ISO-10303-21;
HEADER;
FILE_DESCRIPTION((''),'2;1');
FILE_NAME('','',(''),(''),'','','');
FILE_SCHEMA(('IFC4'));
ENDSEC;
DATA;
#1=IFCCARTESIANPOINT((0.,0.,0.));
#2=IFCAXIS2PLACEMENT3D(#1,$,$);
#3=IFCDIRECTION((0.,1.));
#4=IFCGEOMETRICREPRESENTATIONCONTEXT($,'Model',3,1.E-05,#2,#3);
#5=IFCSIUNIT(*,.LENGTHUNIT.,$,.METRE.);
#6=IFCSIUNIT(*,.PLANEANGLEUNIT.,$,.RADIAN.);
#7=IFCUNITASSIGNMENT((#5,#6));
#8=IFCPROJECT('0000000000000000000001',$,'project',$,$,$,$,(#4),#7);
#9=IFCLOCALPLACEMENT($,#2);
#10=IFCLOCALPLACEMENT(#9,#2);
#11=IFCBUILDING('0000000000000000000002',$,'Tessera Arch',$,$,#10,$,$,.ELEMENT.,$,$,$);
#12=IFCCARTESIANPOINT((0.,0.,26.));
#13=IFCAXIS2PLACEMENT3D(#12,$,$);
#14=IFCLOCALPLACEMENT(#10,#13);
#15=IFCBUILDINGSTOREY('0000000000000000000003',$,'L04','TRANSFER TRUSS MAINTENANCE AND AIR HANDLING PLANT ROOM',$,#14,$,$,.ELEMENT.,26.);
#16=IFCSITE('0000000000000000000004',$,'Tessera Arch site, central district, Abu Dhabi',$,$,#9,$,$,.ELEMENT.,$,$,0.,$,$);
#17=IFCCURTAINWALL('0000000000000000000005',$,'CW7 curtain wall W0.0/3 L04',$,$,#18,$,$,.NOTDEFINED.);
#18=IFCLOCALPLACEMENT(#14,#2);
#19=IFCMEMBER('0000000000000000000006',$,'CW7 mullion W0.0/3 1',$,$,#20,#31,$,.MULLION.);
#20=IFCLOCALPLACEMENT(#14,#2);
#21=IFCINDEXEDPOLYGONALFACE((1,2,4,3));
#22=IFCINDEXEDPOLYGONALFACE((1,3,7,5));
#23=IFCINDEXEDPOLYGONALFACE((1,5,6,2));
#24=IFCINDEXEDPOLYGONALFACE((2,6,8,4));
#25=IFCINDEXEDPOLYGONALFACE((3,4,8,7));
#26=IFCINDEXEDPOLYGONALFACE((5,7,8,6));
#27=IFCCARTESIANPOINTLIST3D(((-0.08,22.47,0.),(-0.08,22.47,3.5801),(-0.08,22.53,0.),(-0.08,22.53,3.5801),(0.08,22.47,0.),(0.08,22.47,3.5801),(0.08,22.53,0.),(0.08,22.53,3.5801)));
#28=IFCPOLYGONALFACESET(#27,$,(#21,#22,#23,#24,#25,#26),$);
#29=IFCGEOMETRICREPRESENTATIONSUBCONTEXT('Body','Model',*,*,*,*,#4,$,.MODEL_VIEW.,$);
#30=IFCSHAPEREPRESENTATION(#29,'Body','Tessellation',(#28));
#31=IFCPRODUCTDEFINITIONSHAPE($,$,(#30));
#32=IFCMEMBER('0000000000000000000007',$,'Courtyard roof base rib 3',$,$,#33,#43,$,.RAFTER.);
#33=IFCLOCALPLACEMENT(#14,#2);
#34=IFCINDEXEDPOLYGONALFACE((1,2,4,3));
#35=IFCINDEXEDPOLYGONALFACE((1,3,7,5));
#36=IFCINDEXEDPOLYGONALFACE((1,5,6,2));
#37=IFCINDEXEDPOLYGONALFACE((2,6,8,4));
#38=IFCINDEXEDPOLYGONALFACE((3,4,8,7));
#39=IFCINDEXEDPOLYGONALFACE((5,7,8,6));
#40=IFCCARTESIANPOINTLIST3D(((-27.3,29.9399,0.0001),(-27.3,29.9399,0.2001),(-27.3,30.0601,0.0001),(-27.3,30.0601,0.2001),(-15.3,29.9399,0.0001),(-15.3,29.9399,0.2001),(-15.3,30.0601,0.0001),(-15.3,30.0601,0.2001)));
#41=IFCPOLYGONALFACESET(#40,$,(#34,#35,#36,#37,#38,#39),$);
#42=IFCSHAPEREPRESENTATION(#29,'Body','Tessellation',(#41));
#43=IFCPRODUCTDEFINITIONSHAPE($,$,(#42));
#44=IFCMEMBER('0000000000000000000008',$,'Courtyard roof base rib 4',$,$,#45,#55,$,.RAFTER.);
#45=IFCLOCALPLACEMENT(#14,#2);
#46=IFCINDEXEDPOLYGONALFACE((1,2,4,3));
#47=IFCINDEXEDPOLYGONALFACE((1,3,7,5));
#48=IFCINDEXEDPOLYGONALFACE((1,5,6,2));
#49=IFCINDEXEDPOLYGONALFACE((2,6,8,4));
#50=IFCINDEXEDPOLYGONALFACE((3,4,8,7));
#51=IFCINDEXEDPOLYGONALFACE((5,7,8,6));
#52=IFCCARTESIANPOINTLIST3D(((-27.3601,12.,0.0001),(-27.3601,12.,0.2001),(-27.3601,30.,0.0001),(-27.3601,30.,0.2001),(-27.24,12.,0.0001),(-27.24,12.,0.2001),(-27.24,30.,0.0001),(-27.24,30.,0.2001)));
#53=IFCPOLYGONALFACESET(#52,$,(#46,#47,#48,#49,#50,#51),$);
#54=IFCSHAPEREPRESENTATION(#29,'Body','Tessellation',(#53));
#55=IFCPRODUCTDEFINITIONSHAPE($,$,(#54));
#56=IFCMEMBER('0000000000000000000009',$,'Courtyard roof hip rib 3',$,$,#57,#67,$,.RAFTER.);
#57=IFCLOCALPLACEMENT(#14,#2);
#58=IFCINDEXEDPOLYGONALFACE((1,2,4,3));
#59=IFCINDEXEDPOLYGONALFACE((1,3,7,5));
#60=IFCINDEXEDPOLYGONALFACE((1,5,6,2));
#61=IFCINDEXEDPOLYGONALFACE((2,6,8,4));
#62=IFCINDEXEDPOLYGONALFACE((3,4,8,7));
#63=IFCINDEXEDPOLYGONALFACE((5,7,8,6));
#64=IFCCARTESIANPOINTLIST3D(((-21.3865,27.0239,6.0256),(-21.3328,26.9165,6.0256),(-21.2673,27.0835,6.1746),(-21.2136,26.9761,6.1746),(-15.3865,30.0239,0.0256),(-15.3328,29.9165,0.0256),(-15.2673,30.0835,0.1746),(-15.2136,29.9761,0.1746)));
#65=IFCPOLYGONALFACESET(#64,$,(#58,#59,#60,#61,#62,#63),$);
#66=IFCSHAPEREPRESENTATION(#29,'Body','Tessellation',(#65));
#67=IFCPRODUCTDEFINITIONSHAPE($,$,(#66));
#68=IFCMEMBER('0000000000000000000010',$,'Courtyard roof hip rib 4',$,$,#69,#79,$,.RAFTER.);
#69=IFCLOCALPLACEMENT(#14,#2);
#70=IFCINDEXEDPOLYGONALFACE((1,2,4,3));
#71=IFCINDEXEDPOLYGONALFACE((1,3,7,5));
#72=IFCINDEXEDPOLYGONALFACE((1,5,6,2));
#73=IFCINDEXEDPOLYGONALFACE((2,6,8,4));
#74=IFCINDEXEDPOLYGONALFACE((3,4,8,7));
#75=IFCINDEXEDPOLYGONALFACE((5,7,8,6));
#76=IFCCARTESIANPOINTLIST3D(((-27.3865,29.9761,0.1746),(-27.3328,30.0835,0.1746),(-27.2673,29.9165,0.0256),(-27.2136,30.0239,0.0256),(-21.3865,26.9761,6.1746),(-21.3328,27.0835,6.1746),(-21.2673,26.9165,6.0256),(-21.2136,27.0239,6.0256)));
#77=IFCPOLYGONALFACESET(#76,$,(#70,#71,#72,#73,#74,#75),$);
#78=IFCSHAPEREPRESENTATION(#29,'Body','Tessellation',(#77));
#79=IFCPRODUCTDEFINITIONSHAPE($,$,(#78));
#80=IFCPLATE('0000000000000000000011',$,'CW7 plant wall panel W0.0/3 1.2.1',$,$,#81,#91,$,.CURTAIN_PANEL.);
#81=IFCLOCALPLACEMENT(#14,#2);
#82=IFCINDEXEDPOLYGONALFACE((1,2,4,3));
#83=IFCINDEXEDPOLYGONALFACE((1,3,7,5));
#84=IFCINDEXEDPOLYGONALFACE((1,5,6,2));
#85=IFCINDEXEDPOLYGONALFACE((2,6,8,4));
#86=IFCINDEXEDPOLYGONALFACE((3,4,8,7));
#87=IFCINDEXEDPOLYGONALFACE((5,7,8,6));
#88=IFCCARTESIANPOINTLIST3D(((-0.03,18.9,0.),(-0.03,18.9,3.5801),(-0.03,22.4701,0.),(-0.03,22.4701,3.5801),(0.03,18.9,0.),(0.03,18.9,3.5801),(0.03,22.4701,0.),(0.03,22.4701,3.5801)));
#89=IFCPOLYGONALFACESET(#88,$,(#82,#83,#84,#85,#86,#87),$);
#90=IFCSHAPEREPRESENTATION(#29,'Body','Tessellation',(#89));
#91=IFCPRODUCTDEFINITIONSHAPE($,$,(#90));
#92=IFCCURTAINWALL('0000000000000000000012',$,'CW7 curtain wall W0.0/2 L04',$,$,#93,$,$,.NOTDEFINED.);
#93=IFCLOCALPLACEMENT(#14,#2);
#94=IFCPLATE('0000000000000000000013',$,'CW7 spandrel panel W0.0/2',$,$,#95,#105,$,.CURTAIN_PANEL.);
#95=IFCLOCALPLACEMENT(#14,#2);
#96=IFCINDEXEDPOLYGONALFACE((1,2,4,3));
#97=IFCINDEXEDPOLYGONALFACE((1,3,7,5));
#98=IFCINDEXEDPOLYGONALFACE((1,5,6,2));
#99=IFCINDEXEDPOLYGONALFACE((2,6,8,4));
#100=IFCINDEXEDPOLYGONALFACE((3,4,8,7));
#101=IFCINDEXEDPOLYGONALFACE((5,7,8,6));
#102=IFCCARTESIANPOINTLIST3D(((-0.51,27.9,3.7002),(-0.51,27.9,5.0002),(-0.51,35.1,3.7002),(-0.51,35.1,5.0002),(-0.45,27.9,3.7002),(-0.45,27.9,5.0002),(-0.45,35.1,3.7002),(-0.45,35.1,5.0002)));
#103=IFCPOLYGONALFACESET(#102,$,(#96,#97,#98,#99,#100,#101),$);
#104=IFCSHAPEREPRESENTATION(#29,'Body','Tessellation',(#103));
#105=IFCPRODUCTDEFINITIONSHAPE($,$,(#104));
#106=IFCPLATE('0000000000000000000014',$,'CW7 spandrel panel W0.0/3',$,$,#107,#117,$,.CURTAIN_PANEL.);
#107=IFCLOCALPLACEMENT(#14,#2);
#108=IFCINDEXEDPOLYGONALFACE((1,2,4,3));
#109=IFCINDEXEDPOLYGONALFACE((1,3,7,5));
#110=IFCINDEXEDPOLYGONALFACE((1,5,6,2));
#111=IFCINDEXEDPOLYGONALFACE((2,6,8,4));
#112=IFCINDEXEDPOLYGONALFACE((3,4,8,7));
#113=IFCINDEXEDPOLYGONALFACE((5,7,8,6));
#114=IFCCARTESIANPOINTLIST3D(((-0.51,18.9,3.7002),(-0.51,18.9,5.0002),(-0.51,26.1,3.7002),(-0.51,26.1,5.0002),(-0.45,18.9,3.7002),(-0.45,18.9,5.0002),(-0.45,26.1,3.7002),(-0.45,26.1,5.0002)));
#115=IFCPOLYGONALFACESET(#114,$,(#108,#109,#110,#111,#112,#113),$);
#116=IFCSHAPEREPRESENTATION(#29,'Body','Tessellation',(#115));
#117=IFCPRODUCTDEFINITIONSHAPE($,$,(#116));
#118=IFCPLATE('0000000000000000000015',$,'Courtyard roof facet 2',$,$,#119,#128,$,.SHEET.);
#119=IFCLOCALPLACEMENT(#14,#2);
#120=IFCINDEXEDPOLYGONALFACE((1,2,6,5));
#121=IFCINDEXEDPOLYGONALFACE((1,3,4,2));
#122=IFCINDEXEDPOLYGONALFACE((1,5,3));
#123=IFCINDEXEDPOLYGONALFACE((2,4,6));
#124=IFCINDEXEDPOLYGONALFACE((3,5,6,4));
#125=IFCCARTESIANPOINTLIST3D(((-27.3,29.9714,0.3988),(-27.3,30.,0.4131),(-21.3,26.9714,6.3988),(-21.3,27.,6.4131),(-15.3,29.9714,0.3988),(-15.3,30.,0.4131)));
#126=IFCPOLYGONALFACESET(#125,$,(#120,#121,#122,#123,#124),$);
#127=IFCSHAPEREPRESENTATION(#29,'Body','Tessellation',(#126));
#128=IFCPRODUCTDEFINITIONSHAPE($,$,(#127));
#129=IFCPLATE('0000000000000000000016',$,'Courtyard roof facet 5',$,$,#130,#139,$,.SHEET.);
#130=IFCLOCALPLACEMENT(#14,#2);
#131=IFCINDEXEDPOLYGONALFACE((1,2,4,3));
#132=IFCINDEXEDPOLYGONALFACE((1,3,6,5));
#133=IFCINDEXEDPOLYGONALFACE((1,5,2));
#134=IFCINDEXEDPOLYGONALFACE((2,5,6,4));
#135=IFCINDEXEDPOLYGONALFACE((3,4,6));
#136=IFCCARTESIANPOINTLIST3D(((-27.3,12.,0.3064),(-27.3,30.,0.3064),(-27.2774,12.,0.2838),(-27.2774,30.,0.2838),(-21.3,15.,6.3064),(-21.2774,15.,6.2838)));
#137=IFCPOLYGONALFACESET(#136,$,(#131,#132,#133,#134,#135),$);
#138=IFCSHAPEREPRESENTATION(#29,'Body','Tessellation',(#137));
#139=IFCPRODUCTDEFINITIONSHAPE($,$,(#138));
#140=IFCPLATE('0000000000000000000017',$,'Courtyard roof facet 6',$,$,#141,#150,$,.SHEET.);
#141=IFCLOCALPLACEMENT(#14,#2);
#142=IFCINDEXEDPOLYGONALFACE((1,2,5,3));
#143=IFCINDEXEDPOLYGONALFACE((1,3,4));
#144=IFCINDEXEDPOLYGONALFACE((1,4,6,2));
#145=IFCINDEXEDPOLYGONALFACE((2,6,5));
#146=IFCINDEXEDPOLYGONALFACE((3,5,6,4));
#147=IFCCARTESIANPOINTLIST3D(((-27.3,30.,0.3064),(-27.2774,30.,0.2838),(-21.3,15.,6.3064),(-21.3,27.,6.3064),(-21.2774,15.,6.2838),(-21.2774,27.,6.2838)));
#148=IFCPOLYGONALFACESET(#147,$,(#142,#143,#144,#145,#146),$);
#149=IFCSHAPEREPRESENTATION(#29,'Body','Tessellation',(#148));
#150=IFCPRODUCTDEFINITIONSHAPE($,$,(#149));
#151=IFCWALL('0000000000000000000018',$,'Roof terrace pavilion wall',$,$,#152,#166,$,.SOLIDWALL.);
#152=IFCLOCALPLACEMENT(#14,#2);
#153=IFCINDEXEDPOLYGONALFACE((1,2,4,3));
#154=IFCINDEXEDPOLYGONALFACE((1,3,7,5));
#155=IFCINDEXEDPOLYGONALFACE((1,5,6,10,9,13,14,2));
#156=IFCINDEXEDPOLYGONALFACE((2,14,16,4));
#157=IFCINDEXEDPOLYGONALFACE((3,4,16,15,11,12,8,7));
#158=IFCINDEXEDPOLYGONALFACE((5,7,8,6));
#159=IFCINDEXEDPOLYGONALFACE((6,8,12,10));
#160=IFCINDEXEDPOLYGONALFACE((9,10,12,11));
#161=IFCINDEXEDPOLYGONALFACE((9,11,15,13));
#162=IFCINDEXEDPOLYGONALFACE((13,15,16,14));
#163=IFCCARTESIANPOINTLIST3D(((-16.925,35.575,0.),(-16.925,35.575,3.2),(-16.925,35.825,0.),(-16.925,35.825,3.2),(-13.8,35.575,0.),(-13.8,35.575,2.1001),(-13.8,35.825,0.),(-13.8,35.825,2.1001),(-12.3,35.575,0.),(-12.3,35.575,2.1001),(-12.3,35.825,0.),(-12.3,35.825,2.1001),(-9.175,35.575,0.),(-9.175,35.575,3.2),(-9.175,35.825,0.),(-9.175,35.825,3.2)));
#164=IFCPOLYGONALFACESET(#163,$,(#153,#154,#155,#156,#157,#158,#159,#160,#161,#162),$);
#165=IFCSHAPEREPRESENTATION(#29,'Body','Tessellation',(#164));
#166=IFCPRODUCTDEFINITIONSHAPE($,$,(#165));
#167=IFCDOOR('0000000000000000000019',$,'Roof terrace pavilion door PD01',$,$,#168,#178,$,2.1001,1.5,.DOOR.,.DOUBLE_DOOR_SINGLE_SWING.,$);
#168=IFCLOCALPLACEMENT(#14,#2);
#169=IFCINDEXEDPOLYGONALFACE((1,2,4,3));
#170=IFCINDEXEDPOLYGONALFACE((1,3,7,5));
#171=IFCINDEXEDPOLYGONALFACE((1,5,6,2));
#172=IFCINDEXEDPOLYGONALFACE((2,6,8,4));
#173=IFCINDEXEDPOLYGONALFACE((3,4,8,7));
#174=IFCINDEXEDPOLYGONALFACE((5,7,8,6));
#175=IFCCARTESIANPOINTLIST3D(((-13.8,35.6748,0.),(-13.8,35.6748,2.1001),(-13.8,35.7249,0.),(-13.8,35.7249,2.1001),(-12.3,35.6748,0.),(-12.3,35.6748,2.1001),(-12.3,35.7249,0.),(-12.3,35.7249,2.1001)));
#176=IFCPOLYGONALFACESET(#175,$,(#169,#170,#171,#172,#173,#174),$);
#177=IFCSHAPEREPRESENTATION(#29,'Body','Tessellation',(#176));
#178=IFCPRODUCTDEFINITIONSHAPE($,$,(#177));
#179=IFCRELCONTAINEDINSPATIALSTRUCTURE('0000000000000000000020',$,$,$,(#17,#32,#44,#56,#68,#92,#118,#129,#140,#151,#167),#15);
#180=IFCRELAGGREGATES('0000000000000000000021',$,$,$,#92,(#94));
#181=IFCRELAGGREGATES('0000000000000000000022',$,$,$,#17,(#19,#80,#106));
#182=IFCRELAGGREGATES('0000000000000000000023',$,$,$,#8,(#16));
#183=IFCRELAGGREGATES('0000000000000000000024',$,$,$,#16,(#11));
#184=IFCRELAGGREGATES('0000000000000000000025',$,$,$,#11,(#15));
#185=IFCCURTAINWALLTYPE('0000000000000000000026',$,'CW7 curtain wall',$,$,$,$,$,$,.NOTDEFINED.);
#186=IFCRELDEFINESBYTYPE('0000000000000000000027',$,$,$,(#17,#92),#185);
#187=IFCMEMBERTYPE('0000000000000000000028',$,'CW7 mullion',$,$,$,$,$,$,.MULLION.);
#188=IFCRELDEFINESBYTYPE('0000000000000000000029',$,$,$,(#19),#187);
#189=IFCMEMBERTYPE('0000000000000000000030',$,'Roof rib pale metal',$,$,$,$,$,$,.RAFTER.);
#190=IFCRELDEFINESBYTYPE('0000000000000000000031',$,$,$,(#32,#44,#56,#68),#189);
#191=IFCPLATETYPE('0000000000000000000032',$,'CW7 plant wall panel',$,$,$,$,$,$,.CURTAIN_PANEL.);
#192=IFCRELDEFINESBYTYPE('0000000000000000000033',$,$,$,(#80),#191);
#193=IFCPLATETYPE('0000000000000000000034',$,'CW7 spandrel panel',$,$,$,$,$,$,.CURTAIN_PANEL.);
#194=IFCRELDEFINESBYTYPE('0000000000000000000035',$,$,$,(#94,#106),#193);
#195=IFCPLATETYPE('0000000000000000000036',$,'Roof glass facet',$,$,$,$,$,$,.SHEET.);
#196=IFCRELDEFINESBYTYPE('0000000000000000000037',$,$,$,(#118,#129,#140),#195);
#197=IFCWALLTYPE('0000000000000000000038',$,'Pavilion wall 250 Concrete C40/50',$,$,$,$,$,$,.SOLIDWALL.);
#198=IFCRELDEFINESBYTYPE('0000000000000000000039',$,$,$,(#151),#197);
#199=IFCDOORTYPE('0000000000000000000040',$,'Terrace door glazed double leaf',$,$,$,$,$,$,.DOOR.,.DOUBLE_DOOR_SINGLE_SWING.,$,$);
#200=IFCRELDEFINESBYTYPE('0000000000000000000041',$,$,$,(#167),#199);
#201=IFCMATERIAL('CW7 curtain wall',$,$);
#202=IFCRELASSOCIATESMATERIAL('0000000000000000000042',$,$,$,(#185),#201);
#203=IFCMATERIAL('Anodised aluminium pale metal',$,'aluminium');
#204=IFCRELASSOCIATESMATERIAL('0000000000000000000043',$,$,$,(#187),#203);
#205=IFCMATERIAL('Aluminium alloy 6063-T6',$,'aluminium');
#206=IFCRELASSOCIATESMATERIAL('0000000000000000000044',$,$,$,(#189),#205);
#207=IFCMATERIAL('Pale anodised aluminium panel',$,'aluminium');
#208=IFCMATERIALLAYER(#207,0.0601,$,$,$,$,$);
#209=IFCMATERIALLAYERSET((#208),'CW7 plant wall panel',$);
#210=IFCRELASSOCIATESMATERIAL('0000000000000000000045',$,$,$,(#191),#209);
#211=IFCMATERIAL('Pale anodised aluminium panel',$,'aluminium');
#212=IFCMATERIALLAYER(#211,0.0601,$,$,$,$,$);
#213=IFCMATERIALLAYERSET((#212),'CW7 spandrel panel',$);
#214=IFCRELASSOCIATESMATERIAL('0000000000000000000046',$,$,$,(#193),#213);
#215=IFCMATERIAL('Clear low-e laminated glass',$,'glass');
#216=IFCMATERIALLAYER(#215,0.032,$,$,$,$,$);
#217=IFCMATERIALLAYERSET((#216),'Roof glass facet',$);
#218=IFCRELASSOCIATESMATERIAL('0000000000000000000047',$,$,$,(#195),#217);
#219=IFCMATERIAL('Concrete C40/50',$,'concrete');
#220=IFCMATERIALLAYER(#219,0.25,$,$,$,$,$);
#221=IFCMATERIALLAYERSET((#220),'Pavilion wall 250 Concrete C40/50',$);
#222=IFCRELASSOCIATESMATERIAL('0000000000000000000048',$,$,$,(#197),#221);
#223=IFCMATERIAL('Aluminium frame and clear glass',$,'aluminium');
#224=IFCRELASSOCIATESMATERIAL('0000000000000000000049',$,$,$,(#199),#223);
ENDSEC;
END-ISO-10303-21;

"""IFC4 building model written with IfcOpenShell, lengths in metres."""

from ifc_helpers import new_model, si_unit, direction, frame, frame_2d, origin, origin_2d, place, context, subcontext, project, spatial, polyline, rectangle, outline, extrude, material, layer, layer_set, material_profile, profile_set, type_object, element, fill, aggregate, save


model = new_model("IFC4")

# Units and contexts
model_context = context("Model", 3, precision=1e-05, world=origin(), true_north=direction((0.0, 1.0)))
body_context = subcontext(model_context, "Body", "Model", "MODEL_VIEW")
ifc_project = project(units=[si_unit("LENGTHUNIT", "METRE"), si_unit("PLANEANGLEUNIT", "RADIAN")], contexts=[model_context])

# Site, building, storey
site_placement = place(None, origin())
site = spatial("IfcSite", under=ifc_project, at=site_placement, Name="Tessera Arch site, central district, Abu Dhabi", CompositionType="ELEMENT", RefElevation=0.0)
building_placement = place(site_placement, origin())
building = spatial("IfcBuilding", under=site, at=building_placement, Name="Tessera Arch", CompositionType="ELEMENT")
storey_placement = place(building_placement, frame((0.0, 0.0, 26.0)))
storey = spatial("IfcBuildingStorey", under=building, at=storey_placement, Name="L04", Description="TRANSFER TRUSS MAINTENANCE AND AIR HANDLING PLANT ROOM", CompositionType="ELEMENT", Elevation=26.0)

# Curtain wall, member
ifc_material_1 = material(Name="CW7 curtain wall")
curtain_wall_type = type_object("IfcCurtainWallType", Name="CW7 curtain wall", PredefinedType="NOTDEFINED", material=ifc_material_1)
curtain_wall_1_placement = place(storey_placement, origin())
curtain_wall_1 = element("IfcCurtainWall", 1, at=curtain_wall_1_placement, inside=storey, type_object=curtain_wall_type, Name="CW7 curtain wall W0.0/3 L04", PredefinedType="NOTDEFINED")
ifc_material_2 = material(Name="Anodised aluminium pale metal", Category="aluminium")
ifc_material_profile_1 = material_profile(ifc_material_2, rectangle(XDim=0.1599, YDim=0.0601, at=origin_2d()), Name="AL 60x160")
ifc_profile_set_1 = profile_set([ifc_material_profile_1], Name="Anodised aluminium pale metal")
member_type_1 = type_object("IfcMemberType", Name="CW7 mullion", PredefinedType="MULLION", material=ifc_profile_set_1)
member_1_placement = place(storey_placement, frame((0.0, 22.5, 0.0), z_axis=(0.0, 0.0, 1.0), x_axis=(1.0, 0.0, 0.0)))
member_1 = element("IfcMember", 2, at=member_1_placement, type_object=member_type_1, Name="CW7 mullion W0.0/3 1", PredefinedType="MULLION", context=body_context, shape_type="SweptSolid", body=[
    extrude(rectangle(XDim=0.1599, YDim=0.0601, at=origin_2d()), origin(), (0.0, 0.0, 1.0), 3.5801),
])

# Members
ifc_material_3 = material(Name="Aluminium alloy 6063-T6", Category="aluminium")
ifc_material_profile_2 = material_profile(ifc_material_3, rectangle(XDim=0.1201, YDim=0.2, at=origin_2d()), Name="AL 120x200")
ifc_profile_set_2 = profile_set([ifc_material_profile_2], Name="Aluminium alloy 6063-T6")
member_type_2 = type_object("IfcMemberType", Name="Roof rib pale metal", PredefinedType="RAFTER", material=ifc_profile_set_2)
member_2_placement = place(storey_placement, frame((-15.3, 30.0, 0.1001), z_axis=(-1.0, 0.0, 0.0), x_axis=(0.0, -1.0, 0.0)))
element("IfcMember", 3, at=member_2_placement, inside=storey, type_object=member_type_2, Name="Courtyard roof base rib 3", PredefinedType="RAFTER", context=body_context, shape_type="SweptSolid", body=[
    extrude(rectangle(XDim=0.1201, YDim=0.2, at=origin_2d()), origin(), (0.0, 0.0, 1.0), 12.0),
])
member_3_placement = place(storey_placement, frame((-27.3, 30.0, 0.1001), z_axis=(0.0, -1.0, 0.0), x_axis=(1.0, 0.0, 0.0)))
element("IfcMember", 4, at=member_3_placement, inside=storey, type_object=member_type_2, Name="Courtyard roof base rib 4", PredefinedType="RAFTER", context=body_context, shape_type="SweptSolid", body=[
    extrude(rectangle(XDim=0.1201, YDim=0.2, at=origin_2d()), origin(), (0.0, 0.0, 1.0), 18.0),
])
for number, where, z_axis, x_axis, name in (
    (5, (-15.3, 30.0, 0.1001), (-0.666667, -0.333333, 0.666667), (0.447214, -0.894427, 0.0), "Courtyard roof hip rib 3"),
    (6, (-27.3, 30.0, 0.1001), (0.666667, -0.333333, 0.666667), (0.447214, 0.894427, 0.0), "Courtyard roof hip rib 4"),
):
    element("IfcMember", number, at=place(storey_placement, frame(where, z_axis=z_axis, x_axis=x_axis)), inside=storey, type_object=member_type_2, Name=name, PredefinedType="RAFTER", context=body_context, shape_type="SweptSolid", body=[
        extrude(rectangle(XDim=0.1201, YDim=0.2, at=origin_2d()), origin(), (0.0, 0.0, 1.0), 9.0),
    ])

# Plate
ifc_material_4 = material(Name="Pale anodised aluminium panel", Category="aluminium")
ifc_layer_1 = layer(ifc_material_4, 0.0601)
ifc_layer_set_1 = layer_set([ifc_layer_1], Name="CW7 plant wall panel")
plate_type_1 = type_object("IfcPlateType", Name="CW7 plant wall panel", PredefinedType="CURTAIN_PANEL", material=ifc_layer_set_1)
plate_1_placement = place(storey_placement, frame((0.0, 20.6851, 0.0), z_axis=(0.0, 0.0, 1.0), x_axis=(0.0, -1.0, 0.0)))
plate_1 = element("IfcPlate", 7, at=plate_1_placement, type_object=plate_type_1, Name="CW7 plant wall panel W0.0/3 1.2.1", PredefinedType="CURTAIN_PANEL", context=body_context, shape_type="SweptSolid", body=[
    extrude(rectangle(XDim=3.5701, YDim=0.0601, at=origin_2d()), origin(), (0.0, 0.0, 1.0), 3.5801),
])

# Curtain wall, plate
curtain_wall_2_placement = place(storey_placement, origin())
curtain_wall_2 = element("IfcCurtainWall", 8, at=curtain_wall_2_placement, inside=storey, type_object=curtain_wall_type, Name="CW7 curtain wall W0.0/2 L04", PredefinedType="NOTDEFINED")
ifc_material_5 = material(Name="Pale anodised aluminium panel", Category="aluminium")
ifc_layer_2 = layer(ifc_material_5, 0.0601)
ifc_layer_set_2 = layer_set([ifc_layer_2], Name="CW7 spandrel panel")
plate_type_2 = type_object("IfcPlateType", Name="CW7 spandrel panel", PredefinedType="CURTAIN_PANEL", material=ifc_layer_set_2)
plate_2_placement = place(storey_placement, frame((-0.48, 31.5, 3.7002), z_axis=(0.0, 0.0, 1.0), x_axis=(0.0, -1.0, 0.0)))
plate_2 = element("IfcPlate", 9, at=plate_2_placement, type_object=plate_type_2, Name="CW7 spandrel panel W0.0/2", PredefinedType="CURTAIN_PANEL", context=body_context, shape_type="SweptSolid", body=[
    extrude(rectangle(XDim=7.2, YDim=0.0601, at=origin_2d()), origin(), (0.0, 0.0, 1.0), 1.3),
])
aggregate(curtain_wall_2, [plate_2])

# Plate
plate_3_placement = place(storey_placement, frame((-0.48, 22.5, 3.7002), z_axis=(0.0, 0.0, 1.0), x_axis=(0.0, -1.0, 0.0)))
plate_3 = element("IfcPlate", 10, at=plate_3_placement, type_object=plate_type_2, Name="CW7 spandrel panel W0.0/3", PredefinedType="CURTAIN_PANEL", context=body_context, shape_type="SweptSolid", body=[
    extrude(rectangle(XDim=7.2, YDim=0.0601, at=origin_2d()), origin(), (0.0, 0.0, 1.0), 1.3),
])
aggregate(curtain_wall_1, [member_1, plate_1, plate_3])

# Plates
ifc_material_6 = material(Name="Clear low-e laminated glass", Category="glass")
ifc_layer_3 = layer(ifc_material_6, 0.032)
ifc_layer_set_3 = layer_set([ifc_layer_3], Name="Roof glass facet")
plate_type_3 = type_object("IfcPlateType", Name="Roof glass facet", PredefinedType="SHEET", material=ifc_layer_set_3)
plate_4_placement = place(storey_placement, frame((-15.3, 30.0, 0.4131), z_axis=(0.0, 0.894427, 0.447214), x_axis=(-1.0, 0.0, 0.0)))
element("IfcPlate", 11, at=plate_4_placement, inside=storey, type_object=plate_type_3, Name="Courtyard roof facet 2", PredefinedType="SHEET", context=body_context, shape_type="SweptSolid", body=[
    extrude(outline(polyline([(0.0, 0.0), (12.0, 0.0), (6.0, 6.7082), (0.0, 0.0)])), origin(), (0.0, 0.0, -1.0), 0.032),
])
plate_5_placement = place(storey_placement, frame((-27.3, 30.0, 0.3064), z_axis=(-0.707107, 0.0, 0.707107), x_axis=(0.0, -1.0, 0.0)))
element("IfcPlate", 12, at=plate_5_placement, inside=storey, type_object=plate_type_3, Name="Courtyard roof facet 5", PredefinedType="SHEET", context=body_context, shape_type="SweptSolid", body=[
    extrude(outline(polyline([(0.0, 0.0), (18.0, 0.0), (15.0, 8.4853), (0.0, 0.0)])), origin(), (0.0, 0.0, -1.0), 0.032),
])
plate_6_placement = place(storey_placement, frame((-27.3, 30.0, 0.3064), z_axis=(-0.707107, 0.0, 0.707107), x_axis=(0.348155, -0.870388, 0.348155)))
element("IfcPlate", 13, at=plate_6_placement, inside=storey, type_object=plate_type_3, Name="Courtyard roof facet 6", PredefinedType="SHEET", context=body_context, shape_type="SweptSolid", body=[
    extrude(outline(polyline([(0.0, 0.0), (17.2337, 0.0), (6.789, 5.9084), (0.0, 0.0)])), origin(), (0.0, 0.0, -1.0), 0.032),
])

# Wall, opening, door
ifc_material_7 = material(Name="Concrete C40/50", Category="concrete")
ifc_layer_4 = layer(ifc_material_7, 0.25)
ifc_layer_set_4 = layer_set([ifc_layer_4], Name="Pavilion wall 250 Concrete C40/50")
wall_type = type_object("IfcWallType", Name="Pavilion wall 250 Concrete C40/50", PredefinedType="SOLIDWALL", material=ifc_layer_set_4)
wall_1_placement = place(storey_placement, frame((-16.925, 35.7, 0.0), z_axis=(0.0, 0.0, 1.0), x_axis=(1.0, 0.0, 0.0)))
wall_1 = element("IfcWall", 14, at=wall_1_placement, inside=storey, type_object=wall_type, Name="Roof terrace pavilion wall", PredefinedType="SOLIDWALL", context=body_context, shape_type="SweptSolid", body=[
    extrude(rectangle(XDim=7.75, YDim=0.25, at=frame_2d((3.875, 0.0))), origin(), (0.0, 0.0, 1.0), 3.2),
])
opening_1_placement = place(wall_1_placement, frame((3.125, 0.0, 0.0)))
opening_1 = element("IfcOpeningElement", 15, at=opening_1_placement, cuts=wall_1, PredefinedType="OPENING", context=body_context, shape_type="SweptSolid", body=[
    extrude(rectangle(XDim=1.5, YDim=2.1001, at=frame_2d((0.75, 1.05))), frame((0.0, 0.135, 0.0), z_axis=(0.0, -1.0, 0.0), x_axis=(1.0, 0.0, 0.0)), (0.0, 0.0, 1.0), 0.27),
])
ifc_material_8 = material(Name="Aluminium frame and clear glass", Category="aluminium")
door_type = type_object("IfcDoorType", Name="Terrace door glazed double leaf", OperationType="DOUBLE_DOOR_SINGLE_SWING", PredefinedType="DOOR", material=ifc_material_8)
door_placement = place(opening_1_placement, origin())
door = element("IfcDoor", 16, at=door_placement, inside=storey, type_object=door_type, Name="Roof terrace pavilion door PD01", OperationType="DOUBLE_DOOR_SINGLE_SWING", OverallHeight=2.1001, OverallWidth=1.5, PredefinedType="DOOR", context=body_context, shape_type="SweptSolid", body=[
    extrude(rectangle(XDim=1.5, YDim=2.1001, at=frame_2d((0.75, 1.05))), frame((0.0, 0.0249, 0.0), z_axis=(0.0, -1.0, 0.0), x_axis=(1.0, 0.0, 0.0)), (0.0, 0.0, 1.0), 0.05),
])
fill(opening_1, door)

save(model, "model.ifc")
